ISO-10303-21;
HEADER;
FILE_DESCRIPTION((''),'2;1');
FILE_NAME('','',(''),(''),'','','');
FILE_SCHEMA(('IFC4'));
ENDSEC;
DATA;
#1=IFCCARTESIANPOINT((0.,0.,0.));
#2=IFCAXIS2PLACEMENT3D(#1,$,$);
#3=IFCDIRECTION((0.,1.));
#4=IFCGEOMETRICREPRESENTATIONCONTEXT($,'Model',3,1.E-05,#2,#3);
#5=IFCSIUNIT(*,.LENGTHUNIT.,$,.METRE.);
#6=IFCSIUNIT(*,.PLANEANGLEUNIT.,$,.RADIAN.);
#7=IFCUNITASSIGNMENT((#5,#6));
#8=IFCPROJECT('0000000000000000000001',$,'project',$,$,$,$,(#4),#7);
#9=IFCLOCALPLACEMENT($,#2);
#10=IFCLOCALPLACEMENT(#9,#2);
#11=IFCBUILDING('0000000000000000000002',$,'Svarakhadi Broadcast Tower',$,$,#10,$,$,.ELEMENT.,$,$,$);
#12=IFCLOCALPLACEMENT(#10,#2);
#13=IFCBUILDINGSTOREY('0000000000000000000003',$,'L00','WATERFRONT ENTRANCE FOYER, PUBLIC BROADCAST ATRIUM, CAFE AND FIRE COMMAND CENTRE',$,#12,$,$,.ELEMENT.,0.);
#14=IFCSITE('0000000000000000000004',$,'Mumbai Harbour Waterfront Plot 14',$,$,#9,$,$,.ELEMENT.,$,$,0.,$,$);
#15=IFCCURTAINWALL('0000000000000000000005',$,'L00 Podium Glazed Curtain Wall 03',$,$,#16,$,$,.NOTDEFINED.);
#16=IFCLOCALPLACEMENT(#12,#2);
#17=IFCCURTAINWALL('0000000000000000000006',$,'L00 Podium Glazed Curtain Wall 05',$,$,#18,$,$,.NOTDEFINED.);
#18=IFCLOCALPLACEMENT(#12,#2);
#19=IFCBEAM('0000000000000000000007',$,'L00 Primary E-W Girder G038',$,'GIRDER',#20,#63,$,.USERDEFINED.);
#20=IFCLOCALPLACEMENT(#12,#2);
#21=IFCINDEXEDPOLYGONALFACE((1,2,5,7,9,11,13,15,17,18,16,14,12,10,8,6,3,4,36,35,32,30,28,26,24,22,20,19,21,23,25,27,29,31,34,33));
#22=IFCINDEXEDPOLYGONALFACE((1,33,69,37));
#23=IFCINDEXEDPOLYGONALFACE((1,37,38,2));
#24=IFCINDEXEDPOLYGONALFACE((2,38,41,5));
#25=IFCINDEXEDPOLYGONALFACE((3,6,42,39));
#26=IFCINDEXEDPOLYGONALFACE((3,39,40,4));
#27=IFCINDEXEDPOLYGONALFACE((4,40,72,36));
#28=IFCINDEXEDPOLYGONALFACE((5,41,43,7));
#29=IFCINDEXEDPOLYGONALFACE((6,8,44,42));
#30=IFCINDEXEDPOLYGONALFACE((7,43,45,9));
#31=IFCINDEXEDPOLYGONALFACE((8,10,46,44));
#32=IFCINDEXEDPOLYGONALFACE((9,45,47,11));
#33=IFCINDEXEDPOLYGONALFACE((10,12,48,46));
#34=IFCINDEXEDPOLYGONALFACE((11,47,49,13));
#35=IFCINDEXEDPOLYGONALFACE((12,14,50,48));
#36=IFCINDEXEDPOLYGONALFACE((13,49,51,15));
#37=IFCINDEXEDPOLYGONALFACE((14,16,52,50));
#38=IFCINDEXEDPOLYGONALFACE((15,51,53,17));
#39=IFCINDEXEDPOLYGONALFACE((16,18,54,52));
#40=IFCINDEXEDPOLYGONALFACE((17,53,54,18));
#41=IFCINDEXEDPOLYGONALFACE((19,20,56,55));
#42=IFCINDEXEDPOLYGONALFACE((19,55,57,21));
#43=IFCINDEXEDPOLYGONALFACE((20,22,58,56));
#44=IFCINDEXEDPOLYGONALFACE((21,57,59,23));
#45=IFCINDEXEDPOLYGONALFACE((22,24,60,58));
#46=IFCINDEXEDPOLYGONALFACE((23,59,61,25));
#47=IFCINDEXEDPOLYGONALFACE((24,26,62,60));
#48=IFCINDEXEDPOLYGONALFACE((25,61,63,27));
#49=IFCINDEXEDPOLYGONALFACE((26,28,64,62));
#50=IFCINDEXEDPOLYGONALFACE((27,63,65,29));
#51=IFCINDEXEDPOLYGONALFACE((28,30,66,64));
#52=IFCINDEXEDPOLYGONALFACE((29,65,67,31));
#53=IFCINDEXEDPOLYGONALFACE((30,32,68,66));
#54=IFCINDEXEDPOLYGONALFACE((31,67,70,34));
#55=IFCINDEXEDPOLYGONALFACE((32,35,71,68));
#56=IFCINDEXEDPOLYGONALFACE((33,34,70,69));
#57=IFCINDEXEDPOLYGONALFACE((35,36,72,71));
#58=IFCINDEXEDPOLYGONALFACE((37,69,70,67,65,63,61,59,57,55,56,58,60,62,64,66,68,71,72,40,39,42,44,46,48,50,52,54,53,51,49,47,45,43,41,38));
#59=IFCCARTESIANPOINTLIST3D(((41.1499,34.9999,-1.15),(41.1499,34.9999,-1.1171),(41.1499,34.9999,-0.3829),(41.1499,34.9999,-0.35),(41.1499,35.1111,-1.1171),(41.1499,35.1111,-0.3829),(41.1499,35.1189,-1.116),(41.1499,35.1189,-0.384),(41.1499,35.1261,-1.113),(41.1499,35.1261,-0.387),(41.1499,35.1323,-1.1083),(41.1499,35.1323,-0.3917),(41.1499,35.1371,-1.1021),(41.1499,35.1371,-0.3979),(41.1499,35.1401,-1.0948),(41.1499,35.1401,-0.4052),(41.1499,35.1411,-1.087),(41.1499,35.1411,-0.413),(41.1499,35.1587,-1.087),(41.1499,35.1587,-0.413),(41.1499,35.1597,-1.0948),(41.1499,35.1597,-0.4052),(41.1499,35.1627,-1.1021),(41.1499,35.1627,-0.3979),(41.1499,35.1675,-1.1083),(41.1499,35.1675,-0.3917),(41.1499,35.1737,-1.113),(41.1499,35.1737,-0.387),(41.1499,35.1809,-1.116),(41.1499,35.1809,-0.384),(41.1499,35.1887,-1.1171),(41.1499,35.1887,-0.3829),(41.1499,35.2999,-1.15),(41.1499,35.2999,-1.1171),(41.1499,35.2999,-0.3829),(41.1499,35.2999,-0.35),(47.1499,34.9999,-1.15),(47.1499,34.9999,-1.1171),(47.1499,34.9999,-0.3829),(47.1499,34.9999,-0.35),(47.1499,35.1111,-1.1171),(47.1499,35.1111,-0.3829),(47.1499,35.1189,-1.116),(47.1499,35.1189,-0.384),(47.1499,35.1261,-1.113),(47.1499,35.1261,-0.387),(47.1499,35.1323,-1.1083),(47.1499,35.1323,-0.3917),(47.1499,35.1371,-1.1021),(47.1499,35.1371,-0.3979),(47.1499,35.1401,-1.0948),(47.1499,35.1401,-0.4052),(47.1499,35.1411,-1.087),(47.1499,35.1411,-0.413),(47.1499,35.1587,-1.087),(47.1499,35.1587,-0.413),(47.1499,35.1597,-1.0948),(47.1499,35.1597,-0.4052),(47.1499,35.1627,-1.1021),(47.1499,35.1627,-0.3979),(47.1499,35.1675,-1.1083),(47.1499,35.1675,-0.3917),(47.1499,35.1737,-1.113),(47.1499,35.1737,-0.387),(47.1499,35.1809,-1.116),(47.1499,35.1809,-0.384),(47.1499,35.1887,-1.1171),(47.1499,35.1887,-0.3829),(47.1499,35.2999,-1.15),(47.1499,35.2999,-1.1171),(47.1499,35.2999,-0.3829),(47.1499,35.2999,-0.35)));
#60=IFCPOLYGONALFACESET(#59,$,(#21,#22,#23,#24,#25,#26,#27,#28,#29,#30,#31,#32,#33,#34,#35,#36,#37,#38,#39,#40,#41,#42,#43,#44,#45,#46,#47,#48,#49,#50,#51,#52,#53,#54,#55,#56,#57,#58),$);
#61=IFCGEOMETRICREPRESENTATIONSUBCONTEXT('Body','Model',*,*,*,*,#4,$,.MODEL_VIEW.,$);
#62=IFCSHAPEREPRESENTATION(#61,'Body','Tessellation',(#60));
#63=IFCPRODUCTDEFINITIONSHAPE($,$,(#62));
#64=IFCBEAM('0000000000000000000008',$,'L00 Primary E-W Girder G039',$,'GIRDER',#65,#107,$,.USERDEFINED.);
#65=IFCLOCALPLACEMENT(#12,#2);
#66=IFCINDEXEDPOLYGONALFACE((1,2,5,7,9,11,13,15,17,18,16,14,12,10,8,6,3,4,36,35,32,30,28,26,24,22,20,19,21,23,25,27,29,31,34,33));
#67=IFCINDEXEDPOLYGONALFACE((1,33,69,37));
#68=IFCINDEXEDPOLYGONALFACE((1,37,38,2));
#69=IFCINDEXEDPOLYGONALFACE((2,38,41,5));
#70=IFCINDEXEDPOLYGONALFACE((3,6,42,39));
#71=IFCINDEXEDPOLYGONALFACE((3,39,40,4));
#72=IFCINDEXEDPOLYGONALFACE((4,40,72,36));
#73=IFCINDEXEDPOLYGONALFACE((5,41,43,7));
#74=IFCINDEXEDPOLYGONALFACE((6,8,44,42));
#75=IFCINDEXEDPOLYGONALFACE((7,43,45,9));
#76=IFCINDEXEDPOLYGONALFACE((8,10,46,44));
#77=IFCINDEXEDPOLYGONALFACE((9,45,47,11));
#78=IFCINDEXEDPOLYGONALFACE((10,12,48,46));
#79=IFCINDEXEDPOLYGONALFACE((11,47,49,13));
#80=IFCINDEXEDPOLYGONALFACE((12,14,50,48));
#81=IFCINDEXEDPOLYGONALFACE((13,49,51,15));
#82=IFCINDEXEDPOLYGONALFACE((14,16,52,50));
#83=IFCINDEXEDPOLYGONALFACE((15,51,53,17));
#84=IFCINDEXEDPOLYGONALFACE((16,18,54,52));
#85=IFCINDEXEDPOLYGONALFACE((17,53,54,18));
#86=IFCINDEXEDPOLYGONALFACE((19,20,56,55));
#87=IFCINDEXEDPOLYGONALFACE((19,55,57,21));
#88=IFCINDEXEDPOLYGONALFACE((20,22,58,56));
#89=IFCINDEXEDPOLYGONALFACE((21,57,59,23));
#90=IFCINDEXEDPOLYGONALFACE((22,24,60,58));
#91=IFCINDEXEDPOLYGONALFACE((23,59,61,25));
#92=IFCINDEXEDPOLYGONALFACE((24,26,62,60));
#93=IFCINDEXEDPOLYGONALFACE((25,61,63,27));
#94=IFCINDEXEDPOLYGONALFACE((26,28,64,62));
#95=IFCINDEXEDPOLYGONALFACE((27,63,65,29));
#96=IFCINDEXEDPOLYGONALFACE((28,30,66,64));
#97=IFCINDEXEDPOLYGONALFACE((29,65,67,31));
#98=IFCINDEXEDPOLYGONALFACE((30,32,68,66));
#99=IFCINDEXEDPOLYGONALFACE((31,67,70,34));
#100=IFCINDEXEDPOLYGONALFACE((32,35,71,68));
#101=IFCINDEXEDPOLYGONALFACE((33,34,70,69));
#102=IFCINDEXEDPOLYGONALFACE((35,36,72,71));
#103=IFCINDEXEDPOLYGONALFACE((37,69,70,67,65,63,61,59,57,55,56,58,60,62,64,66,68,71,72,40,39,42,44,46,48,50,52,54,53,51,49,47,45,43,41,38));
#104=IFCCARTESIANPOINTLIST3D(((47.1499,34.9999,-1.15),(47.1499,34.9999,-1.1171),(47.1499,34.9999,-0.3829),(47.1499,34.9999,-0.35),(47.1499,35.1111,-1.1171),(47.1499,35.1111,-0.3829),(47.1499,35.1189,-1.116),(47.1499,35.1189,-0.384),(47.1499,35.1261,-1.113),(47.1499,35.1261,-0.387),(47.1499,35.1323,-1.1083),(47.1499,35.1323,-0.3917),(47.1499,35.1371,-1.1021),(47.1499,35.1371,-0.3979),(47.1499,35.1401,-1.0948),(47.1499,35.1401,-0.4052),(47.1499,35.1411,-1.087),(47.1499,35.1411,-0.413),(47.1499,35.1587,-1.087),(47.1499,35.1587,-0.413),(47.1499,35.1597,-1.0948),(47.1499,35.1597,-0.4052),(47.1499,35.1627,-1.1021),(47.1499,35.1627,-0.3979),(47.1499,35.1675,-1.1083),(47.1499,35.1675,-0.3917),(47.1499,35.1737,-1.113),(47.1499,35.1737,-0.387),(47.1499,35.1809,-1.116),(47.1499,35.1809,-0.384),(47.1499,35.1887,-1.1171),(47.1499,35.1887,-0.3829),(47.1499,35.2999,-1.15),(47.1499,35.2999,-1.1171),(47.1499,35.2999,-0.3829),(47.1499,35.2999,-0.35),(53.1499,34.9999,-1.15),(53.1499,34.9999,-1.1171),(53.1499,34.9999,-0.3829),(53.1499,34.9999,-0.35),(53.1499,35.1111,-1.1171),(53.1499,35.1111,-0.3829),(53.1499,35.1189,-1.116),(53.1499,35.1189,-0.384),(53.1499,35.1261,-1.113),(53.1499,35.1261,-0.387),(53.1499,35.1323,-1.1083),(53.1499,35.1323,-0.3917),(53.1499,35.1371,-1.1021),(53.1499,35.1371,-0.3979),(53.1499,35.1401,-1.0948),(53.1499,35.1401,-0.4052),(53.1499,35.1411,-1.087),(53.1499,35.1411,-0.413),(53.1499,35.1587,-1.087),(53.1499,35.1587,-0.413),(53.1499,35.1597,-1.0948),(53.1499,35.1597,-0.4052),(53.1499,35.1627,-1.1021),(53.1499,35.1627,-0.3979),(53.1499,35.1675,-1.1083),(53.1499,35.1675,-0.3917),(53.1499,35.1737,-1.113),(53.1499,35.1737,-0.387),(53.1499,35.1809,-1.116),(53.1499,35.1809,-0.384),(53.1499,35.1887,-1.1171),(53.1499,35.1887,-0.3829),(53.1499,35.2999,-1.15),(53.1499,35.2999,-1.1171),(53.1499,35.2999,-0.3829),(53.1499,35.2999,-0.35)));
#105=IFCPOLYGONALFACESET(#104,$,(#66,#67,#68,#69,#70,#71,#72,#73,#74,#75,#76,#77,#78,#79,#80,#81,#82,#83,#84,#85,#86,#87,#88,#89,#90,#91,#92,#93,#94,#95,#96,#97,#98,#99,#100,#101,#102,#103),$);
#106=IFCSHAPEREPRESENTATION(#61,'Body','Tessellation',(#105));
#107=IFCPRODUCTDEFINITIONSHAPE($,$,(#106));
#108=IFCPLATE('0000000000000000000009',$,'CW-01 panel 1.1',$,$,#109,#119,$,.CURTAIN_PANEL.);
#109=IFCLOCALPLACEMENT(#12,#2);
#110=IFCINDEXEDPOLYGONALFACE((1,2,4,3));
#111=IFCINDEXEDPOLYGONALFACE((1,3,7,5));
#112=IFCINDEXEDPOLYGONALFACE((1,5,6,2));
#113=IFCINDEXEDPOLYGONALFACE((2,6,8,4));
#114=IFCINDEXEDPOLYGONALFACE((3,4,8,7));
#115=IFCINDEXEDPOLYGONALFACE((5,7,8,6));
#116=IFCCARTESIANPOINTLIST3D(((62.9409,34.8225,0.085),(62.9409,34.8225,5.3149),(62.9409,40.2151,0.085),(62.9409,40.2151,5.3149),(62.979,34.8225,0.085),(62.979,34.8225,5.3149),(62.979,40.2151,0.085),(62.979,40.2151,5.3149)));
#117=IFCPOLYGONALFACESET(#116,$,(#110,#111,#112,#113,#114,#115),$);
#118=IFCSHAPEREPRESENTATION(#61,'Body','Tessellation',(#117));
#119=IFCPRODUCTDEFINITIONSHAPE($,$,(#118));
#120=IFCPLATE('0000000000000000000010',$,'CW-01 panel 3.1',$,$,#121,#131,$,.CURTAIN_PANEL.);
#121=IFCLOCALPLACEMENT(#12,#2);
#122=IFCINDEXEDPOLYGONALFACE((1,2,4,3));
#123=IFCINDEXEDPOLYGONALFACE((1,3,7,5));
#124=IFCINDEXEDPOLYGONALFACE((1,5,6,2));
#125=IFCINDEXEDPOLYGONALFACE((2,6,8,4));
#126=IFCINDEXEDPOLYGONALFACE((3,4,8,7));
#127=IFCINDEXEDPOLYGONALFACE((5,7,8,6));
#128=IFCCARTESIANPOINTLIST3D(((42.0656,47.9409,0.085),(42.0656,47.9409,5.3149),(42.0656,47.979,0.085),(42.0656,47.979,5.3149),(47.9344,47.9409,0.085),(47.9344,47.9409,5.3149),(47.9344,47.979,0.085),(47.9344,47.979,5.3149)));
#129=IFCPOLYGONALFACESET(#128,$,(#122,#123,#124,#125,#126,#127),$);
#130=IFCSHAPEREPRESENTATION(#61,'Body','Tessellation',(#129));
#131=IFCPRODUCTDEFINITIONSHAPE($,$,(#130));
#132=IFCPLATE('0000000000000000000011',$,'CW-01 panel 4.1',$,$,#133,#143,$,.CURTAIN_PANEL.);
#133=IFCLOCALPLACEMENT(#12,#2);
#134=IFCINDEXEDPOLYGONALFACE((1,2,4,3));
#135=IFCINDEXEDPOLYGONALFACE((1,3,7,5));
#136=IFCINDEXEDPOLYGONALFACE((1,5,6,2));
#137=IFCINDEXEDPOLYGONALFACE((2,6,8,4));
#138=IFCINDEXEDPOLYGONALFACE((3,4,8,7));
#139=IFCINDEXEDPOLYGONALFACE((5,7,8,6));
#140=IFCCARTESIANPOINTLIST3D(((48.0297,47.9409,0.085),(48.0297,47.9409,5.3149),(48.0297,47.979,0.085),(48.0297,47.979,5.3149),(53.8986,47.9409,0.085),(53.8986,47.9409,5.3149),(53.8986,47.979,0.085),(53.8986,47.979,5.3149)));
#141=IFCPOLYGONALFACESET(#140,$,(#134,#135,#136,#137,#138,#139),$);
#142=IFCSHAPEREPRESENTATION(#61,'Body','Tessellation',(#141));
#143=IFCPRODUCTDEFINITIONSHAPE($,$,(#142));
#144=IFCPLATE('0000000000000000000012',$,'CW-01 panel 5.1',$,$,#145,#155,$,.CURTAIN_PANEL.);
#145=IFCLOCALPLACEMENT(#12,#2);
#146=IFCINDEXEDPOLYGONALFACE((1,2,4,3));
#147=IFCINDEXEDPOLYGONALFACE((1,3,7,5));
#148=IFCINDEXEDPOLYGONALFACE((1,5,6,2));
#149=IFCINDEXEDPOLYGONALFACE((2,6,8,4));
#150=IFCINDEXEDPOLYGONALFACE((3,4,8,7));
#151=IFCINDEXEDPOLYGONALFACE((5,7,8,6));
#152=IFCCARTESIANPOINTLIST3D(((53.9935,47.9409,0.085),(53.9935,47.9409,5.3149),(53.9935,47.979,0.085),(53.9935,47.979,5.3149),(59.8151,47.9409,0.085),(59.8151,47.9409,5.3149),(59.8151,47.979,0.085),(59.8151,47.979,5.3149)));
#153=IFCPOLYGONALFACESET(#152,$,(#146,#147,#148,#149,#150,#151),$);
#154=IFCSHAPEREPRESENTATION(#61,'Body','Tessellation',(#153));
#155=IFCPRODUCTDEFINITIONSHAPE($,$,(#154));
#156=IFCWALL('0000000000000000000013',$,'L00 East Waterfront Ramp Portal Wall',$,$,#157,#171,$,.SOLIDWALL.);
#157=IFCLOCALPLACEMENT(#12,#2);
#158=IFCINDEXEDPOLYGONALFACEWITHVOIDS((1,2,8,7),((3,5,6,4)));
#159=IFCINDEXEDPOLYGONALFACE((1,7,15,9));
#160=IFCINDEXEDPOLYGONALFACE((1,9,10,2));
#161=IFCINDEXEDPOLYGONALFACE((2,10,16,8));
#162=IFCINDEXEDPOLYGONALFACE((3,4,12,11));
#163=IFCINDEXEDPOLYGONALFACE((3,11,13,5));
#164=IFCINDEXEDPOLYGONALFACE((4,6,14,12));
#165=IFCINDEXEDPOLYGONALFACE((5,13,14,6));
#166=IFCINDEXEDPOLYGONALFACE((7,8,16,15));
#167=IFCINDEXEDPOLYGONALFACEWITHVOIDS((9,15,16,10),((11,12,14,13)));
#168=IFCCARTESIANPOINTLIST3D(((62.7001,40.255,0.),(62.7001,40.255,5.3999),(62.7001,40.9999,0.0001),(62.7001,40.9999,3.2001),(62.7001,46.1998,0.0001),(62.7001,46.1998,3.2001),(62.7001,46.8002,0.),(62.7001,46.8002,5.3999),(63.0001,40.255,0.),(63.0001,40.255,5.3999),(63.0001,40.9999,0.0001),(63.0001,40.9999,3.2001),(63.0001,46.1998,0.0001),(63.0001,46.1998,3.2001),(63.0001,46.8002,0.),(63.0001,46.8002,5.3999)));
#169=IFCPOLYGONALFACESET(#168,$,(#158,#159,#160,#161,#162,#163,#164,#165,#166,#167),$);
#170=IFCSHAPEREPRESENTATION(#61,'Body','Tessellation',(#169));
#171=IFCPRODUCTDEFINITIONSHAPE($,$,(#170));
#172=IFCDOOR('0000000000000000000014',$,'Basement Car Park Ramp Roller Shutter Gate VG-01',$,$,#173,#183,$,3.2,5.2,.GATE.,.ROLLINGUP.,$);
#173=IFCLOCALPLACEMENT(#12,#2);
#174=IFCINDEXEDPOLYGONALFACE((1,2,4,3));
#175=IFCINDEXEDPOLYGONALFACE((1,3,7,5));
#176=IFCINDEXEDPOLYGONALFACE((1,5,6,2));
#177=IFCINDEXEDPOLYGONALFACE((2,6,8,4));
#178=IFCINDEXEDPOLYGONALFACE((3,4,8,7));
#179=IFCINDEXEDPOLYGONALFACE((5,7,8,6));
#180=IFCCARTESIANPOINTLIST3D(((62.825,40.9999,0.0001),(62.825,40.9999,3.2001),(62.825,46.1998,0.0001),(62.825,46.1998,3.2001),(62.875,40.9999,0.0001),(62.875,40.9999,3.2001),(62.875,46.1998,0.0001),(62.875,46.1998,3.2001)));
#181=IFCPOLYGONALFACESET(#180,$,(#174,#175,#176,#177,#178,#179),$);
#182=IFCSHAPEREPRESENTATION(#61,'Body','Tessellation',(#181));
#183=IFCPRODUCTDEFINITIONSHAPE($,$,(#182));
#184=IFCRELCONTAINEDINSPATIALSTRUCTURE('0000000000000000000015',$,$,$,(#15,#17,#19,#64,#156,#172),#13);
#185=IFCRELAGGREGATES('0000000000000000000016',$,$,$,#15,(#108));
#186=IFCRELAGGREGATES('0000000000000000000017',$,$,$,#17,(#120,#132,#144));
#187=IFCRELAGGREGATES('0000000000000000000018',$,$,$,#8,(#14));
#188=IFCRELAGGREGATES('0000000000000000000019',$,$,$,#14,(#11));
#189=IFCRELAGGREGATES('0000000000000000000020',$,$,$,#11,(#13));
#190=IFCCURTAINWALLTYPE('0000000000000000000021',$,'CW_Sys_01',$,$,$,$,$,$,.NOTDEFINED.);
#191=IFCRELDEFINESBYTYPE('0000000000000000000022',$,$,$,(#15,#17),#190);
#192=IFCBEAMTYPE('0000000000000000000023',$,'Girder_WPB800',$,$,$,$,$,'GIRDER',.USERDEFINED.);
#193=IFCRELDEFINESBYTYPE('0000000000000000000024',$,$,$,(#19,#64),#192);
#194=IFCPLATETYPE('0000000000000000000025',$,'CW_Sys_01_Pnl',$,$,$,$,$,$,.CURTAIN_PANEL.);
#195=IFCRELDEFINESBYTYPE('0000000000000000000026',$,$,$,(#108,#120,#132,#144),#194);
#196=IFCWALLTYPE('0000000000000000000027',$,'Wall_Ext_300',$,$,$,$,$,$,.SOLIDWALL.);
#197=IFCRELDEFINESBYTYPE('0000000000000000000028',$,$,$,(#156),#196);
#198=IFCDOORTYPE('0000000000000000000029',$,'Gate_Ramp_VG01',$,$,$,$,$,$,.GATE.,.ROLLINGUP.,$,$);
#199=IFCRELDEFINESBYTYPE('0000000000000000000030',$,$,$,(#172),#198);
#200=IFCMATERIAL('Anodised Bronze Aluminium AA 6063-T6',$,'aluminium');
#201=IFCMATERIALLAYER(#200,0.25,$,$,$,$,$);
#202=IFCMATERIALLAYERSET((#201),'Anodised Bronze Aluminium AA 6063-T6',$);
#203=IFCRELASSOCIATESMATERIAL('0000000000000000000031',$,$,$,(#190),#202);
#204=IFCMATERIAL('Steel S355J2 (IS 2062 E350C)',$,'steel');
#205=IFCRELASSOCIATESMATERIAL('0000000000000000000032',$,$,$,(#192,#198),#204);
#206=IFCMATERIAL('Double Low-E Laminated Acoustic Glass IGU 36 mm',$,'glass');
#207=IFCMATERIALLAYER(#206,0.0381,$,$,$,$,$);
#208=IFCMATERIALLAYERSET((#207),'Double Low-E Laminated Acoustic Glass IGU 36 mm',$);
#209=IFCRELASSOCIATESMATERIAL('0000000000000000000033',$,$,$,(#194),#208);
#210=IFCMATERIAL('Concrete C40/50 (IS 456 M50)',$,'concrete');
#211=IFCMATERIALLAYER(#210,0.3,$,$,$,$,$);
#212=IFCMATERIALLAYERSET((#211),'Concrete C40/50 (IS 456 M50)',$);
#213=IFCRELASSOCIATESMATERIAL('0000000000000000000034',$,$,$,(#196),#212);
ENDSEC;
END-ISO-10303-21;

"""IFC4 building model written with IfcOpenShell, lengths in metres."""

from ifc_helpers import new_model, si_unit, direction, frame, frame_2d, origin, origin_2d, place, context, subcontext, project, spatial, rectangle, i_section, extrude, material, layer, layer_set, material_profile, profile_set, type_object, element, fill, aggregate, save


model = new_model("IFC4")

# Units and contexts
model_context = context("Model", 3, precision=1e-05, world=origin(), true_north=direction((0.0, 1.0)))
body_context = subcontext(model_context, "Body", "Model", "MODEL_VIEW")
ifc_project = project(units=[si_unit("LENGTHUNIT", "METRE"), si_unit("PLANEANGLEUNIT", "RADIAN")], contexts=[model_context])

# Site, building, storey
site_placement = place(None, origin())
site = spatial("IfcSite", under=ifc_project, at=site_placement, Name="Mumbai Harbour Waterfront Plot 14", CompositionType="ELEMENT", RefElevation=0.0)
building_placement = place(site_placement, origin())
building = spatial("IfcBuilding", under=site, at=building_placement, Name="Svarakhadi Broadcast Tower", CompositionType="ELEMENT")
storey_placement = place(building_placement, origin())
storey = spatial("IfcBuildingStorey", under=building, at=storey_placement, Name="L00", Description="WATERFRONT ENTRANCE FOYER, PUBLIC BROADCAST ATRIUM, CAFE AND FIRE COMMAND CENTRE", CompositionType="ELEMENT", Elevation=0.0)

# Curtain walls
ifc_material_1 = material(Name="Anodised Bronze Aluminium AA 6063-T6", Category="aluminium")
ifc_layer_1 = layer(ifc_material_1, 0.25)
ifc_layer_set_1 = layer_set([ifc_layer_1], Name="Anodised Bronze Aluminium AA 6063-T6")
curtain_wall_type = type_object("IfcCurtainWallType", Name="CW_Sys_01", PredefinedType="NOTDEFINED", material=ifc_layer_set_1)
curtain_wall_1_placement = place(storey_placement, origin())
curtain_wall_1 = element("IfcCurtainWall", 1, at=curtain_wall_1_placement, inside=storey, type_object=curtain_wall_type, Name="L00 Podium Glazed Curtain Wall 03", PredefinedType="NOTDEFINED")
curtain_wall_2_placement = place(storey_placement, origin())
curtain_wall_2 = element("IfcCurtainWall", 2, at=curtain_wall_2_placement, inside=storey, type_object=curtain_wall_type, Name="L00 Podium Glazed Curtain Wall 05", PredefinedType="NOTDEFINED")

# Beams
ifc_material_2 = material(Name="Steel S355J2 (IS 2062 E350C)", Category="steel")
ifc_material_profile_1 = material_profile(ifc_material_2, i_section(OverallWidth=0.3, OverallDepth=0.8, WebThickness=0.0176, FlangeThickness=0.033, FilletRadius=0.03, at=origin_2d()), Name="WPB 800x300x262")
ifc_profile_set_1 = profile_set([ifc_material_profile_1], Name="Steel S355J2 (IS 2062 E350C)")
beam_type = type_object("IfcBeamType", Name="Girder_WPB800", ElementType="GIRDER", PredefinedType="USERDEFINED", material=ifc_profile_set_1)
for number, where, z_axis, x_axis, name in (
    (3, (41.1499, 35.1499, -0.75), (1.0, 0.0, 0.0), (0.0, 1.0, 0.0), "L00 Primary E-W Girder G038"),
    (4, (47.1499, 35.1499, -0.75), (1.0, 0.0, 0.0), (0.0, 1.0, 0.0), "L00 Primary E-W Girder G039"),
):
    element("IfcBeam", number, at=place(storey_placement, frame(where, z_axis=z_axis, x_axis=x_axis)), inside=storey, type_object=beam_type, Name=name, ObjectType="GIRDER", PredefinedType="USERDEFINED", context=body_context, shape_type="SweptSolid", body=[
        extrude(i_section(OverallWidth=0.3, OverallDepth=0.8, WebThickness=0.0176, FlangeThickness=0.033, FilletRadius=0.03, at=origin_2d()), origin(), (0.0, 0.0, 1.0), 6.0),
    ])

# Plates
ifc_material_3 = material(Name="Double Low-E Laminated Acoustic Glass IGU 36 mm", Category="glass")
ifc_layer_2 = layer(ifc_material_3, 0.0381)
ifc_layer_set_2 = layer_set([ifc_layer_2], Name="Double Low-E Laminated Acoustic Glass IGU 36 mm")
plate_type = type_object("IfcPlateType", Name="CW_Sys_01_Pnl", PredefinedType="CURTAIN_PANEL", material=ifc_layer_set_2)
plate_1_placement = place(storey_placement, frame((62.96, 37.5188, 0.085), z_axis=(0.0, 0.0, 1.0), x_axis=(0.0, -1.0, 0.0)))
plate_1 = element("IfcPlate", 5, at=plate_1_placement, type_object=plate_type, Name="CW-01 panel 1.1", PredefinedType="CURTAIN_PANEL", context=body_context, shape_type="SweptSolid", body=[
    extrude(rectangle(XDim=5.3926, YDim=0.0381, at=origin_2d()), origin(), (0.0, 0.0, 1.0), 5.23),
])
aggregate(curtain_wall_1, [plate_1])
plate_2_placement = place(storey_placement, frame((45.0, 47.96, 0.085), z_axis=(0.0, 0.0, 1.0), x_axis=(1.0, 0.0, 0.0)))
plate_2 = element("IfcPlate", 6, at=plate_2_placement, type_object=plate_type, Name="CW-01 panel 3.1", PredefinedType="CURTAIN_PANEL", context=body_context, shape_type="SweptSolid", body=[
    extrude(rectangle(XDim=5.8689, YDim=0.0381, at=origin_2d()), origin(), (0.0, 0.0, 1.0), 5.23),
])
plate_3_placement = place(storey_placement, frame((50.9641, 47.96, 0.085), z_axis=(0.0, 0.0, 1.0), x_axis=(1.0, 0.0, 0.0)))
plate_3 = element("IfcPlate", 7, at=plate_3_placement, type_object=plate_type, Name="CW-01 panel 4.1", PredefinedType="CURTAIN_PANEL", context=body_context, shape_type="SweptSolid", body=[
    extrude(rectangle(XDim=5.8689, YDim=0.0381, at=origin_2d()), origin(), (0.0, 0.0, 1.0), 5.23),
])
plate_4_placement = place(storey_placement, frame((56.9043, 47.96, 0.085), z_axis=(0.0, 0.0, 1.0), x_axis=(1.0, 0.0, 0.0)))
plate_4 = element("IfcPlate", 8, at=plate_4_placement, type_object=plate_type, Name="CW-01 panel 5.1", PredefinedType="CURTAIN_PANEL", context=body_context, shape_type="SweptSolid", body=[
    extrude(rectangle(XDim=5.8215, YDim=0.0381, at=origin_2d()), origin(), (0.0, 0.0, 1.0), 5.23),
])
aggregate(curtain_wall_2, [plate_2, plate_3, plate_4])

# Wall, opening, door
ifc_material_4 = material(Name="Concrete C40/50 (IS 456 M50)", Category="concrete")
ifc_layer_3 = layer(ifc_material_4, 0.3)
ifc_layer_set_3 = layer_set([ifc_layer_3], Name="Concrete C40/50 (IS 456 M50)")
wall_type = type_object("IfcWallType", Name="Wall_Ext_300", PredefinedType="SOLIDWALL", material=ifc_layer_set_3)
wall_placement = place(storey_placement, frame((62.8501, 46.8, 0.0), z_axis=(0.0, 0.0, 1.0), x_axis=(0.0, -1.0, 0.0)))
wall = element("IfcWall", 9, at=wall_placement, inside=storey, type_object=wall_type, Name="L00 East Waterfront Ramp Portal Wall", PredefinedType="SOLIDWALL", context=body_context, shape_type="SweptSolid", body=[
    extrude(rectangle(XDim=6.5452, YDim=0.3, at=frame_2d((3.2725, 0.0))), origin(), (0.0, 0.0, 1.0), 5.3999),
])
opening_placement = place(wall_placement, frame((0.6001, 0.0, 0.0)))
opening = element("IfcOpeningElement", 10, at=opening_placement, cuts=wall, PredefinedType="OPENING", context=body_context, shape_type="SweptSolid", body=[
    extrude(rectangle(XDim=5.2, YDim=3.2, at=frame_2d((2.6001, 1.6001))), frame((0.0, 0.1599, 0.0), z_axis=(0.0, -1.0, 0.0), x_axis=(1.0, 0.0, 0.0)), (0.0, 0.0, 1.0), 0.3201),
])
door_type = type_object("IfcDoorType", Name="Gate_Ramp_VG01", OperationType="ROLLINGUP", PredefinedType="GATE", material=ifc_material_2)
door_placement = place(opening_placement, origin())
door = element("IfcDoor", 11, at=door_placement, inside=storey, type_object=door_type, Name="Basement Car Park Ramp Roller Shutter Gate VG-01", OperationType="ROLLINGUP", OverallHeight=3.2, OverallWidth=5.2, PredefinedType="GATE", context=body_context, shape_type="SweptSolid", body=[
    extrude(rectangle(XDim=5.2, YDim=3.2, at=frame_2d((2.6001, 1.6001))), frame((0.0, 0.0249, 0.0), z_axis=(0.0, -1.0, 0.0), x_axis=(1.0, 0.0, 0.0)), (0.0, 0.0, 1.0), 0.05),
])
fill(opening, door)

save(model, "model.ifc")
